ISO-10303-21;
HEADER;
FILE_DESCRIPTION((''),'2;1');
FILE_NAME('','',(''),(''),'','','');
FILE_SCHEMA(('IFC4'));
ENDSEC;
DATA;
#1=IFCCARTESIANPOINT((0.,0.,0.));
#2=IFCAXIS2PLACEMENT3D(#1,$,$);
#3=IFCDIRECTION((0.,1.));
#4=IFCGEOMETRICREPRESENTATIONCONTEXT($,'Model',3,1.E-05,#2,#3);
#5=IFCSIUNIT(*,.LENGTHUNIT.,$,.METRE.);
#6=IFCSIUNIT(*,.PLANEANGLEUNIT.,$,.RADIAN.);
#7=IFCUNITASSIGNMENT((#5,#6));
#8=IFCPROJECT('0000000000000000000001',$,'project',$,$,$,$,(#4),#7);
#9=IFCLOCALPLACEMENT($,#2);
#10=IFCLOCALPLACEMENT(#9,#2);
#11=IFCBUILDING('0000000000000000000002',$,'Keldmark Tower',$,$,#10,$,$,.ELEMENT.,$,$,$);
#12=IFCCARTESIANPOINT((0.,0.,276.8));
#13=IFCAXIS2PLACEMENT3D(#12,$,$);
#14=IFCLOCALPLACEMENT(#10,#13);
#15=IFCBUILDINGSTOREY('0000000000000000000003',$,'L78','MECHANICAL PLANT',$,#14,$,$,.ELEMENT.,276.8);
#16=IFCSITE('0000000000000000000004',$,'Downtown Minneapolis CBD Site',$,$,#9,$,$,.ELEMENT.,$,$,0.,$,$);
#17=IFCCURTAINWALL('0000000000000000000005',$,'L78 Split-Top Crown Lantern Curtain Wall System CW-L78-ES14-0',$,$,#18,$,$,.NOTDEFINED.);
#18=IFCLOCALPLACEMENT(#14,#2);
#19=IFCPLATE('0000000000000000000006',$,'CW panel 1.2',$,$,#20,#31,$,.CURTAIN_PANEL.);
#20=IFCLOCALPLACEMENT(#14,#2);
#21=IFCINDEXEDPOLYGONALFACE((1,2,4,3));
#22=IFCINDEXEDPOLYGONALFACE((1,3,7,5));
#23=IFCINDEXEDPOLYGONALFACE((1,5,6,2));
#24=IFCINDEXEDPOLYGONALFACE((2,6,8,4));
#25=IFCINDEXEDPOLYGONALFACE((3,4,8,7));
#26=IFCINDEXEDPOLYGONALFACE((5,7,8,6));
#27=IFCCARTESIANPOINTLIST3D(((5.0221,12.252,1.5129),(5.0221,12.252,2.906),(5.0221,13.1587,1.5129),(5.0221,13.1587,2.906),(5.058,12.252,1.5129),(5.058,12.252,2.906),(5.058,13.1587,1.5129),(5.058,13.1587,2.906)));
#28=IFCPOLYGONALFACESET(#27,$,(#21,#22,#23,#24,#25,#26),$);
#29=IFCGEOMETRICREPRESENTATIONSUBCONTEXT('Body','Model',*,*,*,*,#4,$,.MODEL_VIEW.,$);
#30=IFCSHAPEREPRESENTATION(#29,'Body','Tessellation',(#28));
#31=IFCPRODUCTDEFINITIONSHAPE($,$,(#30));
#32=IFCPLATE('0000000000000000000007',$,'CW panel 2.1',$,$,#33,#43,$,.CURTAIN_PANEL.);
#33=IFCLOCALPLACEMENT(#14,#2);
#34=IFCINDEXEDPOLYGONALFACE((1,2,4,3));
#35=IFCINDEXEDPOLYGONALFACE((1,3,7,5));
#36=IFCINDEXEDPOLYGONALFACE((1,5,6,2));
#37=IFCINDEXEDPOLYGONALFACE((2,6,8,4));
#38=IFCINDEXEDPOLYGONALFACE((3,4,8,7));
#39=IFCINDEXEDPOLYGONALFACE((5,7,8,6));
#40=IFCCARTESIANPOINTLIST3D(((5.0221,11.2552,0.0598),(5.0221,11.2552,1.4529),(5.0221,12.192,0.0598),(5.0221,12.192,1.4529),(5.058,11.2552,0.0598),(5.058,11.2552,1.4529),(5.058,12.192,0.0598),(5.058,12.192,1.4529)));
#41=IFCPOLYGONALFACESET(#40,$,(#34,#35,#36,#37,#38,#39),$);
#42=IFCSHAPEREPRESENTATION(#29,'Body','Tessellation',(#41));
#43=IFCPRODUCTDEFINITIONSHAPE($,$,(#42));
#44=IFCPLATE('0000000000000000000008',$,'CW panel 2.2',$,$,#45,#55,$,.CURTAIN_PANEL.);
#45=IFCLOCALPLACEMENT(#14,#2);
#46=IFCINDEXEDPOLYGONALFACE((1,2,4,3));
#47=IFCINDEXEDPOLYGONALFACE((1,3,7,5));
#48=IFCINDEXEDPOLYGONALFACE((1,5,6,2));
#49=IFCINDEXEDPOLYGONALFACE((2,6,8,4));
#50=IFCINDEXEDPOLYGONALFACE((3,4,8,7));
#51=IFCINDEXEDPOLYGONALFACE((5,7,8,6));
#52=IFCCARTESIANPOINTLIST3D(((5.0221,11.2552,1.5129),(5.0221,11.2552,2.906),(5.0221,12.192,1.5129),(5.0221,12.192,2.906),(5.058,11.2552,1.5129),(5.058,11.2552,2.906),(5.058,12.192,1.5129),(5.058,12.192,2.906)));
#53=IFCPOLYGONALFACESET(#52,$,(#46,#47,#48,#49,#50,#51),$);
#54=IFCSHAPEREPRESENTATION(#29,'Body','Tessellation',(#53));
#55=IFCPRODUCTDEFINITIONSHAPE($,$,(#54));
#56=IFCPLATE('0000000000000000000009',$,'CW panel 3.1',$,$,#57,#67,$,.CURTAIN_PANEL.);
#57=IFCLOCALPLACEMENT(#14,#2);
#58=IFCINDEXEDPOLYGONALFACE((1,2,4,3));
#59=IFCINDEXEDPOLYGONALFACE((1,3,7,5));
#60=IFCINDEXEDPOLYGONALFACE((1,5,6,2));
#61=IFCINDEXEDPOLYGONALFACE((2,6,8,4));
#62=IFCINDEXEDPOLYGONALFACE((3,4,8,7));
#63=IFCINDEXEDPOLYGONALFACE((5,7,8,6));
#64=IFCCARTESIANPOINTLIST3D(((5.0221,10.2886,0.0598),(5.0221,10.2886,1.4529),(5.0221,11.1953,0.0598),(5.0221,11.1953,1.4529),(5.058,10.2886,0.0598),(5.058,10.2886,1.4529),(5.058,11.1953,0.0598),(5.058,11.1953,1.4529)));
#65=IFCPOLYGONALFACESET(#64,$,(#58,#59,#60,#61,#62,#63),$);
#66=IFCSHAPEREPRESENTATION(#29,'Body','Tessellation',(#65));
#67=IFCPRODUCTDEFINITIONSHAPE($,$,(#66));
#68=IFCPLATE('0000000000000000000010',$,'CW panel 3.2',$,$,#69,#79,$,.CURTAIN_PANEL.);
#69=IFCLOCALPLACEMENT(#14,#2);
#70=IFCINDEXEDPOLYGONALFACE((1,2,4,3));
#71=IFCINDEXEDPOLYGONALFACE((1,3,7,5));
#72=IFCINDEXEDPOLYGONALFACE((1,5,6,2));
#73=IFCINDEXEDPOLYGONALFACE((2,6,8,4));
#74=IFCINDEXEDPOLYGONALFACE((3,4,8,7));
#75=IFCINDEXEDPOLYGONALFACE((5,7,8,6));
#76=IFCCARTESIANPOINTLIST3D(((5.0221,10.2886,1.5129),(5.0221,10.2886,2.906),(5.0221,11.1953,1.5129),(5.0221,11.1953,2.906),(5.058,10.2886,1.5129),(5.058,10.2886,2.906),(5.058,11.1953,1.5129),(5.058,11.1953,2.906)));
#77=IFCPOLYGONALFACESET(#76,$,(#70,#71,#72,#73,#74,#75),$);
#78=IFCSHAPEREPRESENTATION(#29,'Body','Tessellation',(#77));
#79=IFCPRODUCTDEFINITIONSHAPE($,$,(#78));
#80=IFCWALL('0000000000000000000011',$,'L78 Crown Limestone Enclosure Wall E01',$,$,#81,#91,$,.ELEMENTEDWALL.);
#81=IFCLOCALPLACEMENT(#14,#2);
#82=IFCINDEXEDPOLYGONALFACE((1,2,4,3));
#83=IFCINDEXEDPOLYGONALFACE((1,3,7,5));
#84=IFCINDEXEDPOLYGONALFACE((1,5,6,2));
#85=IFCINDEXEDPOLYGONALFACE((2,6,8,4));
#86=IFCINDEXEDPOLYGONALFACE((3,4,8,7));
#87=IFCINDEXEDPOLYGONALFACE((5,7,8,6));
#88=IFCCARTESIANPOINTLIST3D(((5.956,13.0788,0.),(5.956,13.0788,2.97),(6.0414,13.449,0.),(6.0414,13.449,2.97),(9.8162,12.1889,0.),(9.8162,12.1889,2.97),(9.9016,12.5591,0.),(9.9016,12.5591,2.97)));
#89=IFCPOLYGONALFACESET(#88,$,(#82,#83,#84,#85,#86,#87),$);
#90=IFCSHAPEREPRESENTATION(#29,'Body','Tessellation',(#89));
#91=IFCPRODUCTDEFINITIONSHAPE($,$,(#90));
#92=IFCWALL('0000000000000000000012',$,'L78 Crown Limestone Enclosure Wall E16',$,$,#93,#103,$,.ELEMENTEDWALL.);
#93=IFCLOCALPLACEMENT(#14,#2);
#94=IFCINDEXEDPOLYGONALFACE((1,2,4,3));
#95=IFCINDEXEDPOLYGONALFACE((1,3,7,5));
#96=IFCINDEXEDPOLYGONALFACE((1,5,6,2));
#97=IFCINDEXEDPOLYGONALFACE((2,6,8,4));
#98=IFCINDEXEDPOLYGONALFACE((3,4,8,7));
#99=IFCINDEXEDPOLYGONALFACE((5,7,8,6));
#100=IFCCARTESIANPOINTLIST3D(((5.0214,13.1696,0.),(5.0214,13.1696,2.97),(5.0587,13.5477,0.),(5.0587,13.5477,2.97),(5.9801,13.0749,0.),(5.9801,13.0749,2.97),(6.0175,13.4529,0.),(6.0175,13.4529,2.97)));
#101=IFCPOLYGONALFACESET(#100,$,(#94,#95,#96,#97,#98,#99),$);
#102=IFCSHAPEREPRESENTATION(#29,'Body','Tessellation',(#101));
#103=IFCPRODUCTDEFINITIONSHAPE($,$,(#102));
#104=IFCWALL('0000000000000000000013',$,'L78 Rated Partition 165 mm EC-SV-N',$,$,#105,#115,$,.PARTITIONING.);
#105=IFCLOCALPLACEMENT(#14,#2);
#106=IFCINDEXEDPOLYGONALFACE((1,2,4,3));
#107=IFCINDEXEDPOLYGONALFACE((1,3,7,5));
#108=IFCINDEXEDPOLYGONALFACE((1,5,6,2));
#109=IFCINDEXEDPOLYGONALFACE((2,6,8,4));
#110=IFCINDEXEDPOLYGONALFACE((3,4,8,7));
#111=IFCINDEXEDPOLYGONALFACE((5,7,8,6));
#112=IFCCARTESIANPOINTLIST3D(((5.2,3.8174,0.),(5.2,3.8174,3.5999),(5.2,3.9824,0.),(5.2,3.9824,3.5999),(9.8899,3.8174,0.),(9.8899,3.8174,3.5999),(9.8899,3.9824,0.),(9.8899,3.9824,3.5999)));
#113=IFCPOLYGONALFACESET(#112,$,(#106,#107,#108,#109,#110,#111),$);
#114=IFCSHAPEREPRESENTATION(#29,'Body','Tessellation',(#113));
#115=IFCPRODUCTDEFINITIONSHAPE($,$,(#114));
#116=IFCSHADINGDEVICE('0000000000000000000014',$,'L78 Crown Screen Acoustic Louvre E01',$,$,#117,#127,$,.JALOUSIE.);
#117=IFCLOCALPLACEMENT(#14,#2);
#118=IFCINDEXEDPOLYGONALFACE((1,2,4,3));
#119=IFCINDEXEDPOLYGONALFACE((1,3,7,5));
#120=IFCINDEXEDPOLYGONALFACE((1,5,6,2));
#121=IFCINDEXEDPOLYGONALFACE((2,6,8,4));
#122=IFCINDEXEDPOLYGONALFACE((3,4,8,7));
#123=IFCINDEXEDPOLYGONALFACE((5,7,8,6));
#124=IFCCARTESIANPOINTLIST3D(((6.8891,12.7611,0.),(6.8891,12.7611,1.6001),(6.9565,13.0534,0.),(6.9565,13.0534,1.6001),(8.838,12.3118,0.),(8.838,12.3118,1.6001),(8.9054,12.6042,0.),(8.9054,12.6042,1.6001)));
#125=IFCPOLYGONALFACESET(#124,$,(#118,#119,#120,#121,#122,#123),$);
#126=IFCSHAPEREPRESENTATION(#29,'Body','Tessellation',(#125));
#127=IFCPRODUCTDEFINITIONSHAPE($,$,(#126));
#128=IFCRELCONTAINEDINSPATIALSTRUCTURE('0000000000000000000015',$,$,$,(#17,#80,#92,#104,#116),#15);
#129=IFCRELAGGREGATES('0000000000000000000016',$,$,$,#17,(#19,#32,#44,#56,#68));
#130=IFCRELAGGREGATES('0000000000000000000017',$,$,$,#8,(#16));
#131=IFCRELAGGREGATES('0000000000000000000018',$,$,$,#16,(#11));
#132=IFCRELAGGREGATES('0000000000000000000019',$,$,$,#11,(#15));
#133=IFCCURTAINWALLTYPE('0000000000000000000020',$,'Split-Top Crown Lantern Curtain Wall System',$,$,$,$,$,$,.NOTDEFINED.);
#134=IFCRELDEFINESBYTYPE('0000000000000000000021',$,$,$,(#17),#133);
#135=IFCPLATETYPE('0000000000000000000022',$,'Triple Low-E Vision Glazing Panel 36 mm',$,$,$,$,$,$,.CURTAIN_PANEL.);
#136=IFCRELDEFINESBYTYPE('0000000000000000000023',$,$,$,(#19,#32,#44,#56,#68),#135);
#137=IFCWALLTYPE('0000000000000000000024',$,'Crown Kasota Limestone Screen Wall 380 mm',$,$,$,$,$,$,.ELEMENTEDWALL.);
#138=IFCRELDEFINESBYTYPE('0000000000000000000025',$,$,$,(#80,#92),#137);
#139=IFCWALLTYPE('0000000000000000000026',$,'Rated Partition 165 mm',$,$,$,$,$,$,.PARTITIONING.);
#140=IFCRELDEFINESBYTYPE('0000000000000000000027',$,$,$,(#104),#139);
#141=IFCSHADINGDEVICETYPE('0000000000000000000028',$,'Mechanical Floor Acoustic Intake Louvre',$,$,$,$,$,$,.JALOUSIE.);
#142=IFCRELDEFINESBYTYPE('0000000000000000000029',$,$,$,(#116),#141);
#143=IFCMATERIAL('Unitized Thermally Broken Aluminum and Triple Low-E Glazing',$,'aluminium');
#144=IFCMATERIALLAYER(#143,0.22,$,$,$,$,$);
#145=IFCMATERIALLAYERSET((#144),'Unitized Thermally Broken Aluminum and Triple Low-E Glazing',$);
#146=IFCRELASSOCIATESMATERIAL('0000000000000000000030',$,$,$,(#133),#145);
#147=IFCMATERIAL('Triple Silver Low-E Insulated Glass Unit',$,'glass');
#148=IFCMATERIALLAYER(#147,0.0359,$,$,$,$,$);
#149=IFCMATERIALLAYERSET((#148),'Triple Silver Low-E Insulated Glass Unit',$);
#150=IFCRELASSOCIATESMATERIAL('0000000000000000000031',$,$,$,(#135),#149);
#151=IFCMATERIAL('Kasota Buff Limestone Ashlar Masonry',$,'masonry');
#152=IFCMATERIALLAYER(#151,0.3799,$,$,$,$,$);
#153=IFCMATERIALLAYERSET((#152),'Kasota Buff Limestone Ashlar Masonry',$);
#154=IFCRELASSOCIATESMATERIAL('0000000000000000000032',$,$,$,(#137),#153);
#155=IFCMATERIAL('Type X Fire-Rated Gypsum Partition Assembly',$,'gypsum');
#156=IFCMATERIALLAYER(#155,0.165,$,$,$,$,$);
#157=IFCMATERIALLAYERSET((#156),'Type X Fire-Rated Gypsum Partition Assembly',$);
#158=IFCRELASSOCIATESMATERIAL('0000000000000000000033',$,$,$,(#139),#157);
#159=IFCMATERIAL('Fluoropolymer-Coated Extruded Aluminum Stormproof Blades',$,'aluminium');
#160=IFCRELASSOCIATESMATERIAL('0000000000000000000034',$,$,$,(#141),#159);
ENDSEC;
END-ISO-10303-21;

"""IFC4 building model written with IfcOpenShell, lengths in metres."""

from ifc_helpers import new_model, si_unit, direction, frame, frame_2d, origin, origin_2d, place, context, subcontext, project, spatial, rectangle, extrude, material, layer, layer_set, type_object, element, aggregate, save


model = new_model("IFC4")

# Units and contexts
model_context = context("Model", 3, precision=1e-05, world=origin(), true_north=direction((0.0, 1.0)))
body_context = subcontext(model_context, "Body", "Model", "MODEL_VIEW")
ifc_project = project(units=[si_unit("LENGTHUNIT", "METRE"), si_unit("PLANEANGLEUNIT", "RADIAN")], contexts=[model_context])

# Site, building, storey
site_placement = place(None, origin())
site = spatial("IfcSite", under=ifc_project, at=site_placement, Name="Downtown Minneapolis CBD Site", CompositionType="ELEMENT", RefElevation=0.0)
building_placement = place(site_placement, origin())
building = spatial("IfcBuilding", under=site, at=building_placement, Name="Keldmark Tower", CompositionType="ELEMENT")
storey_placement = place(building_placement, frame((0.0, 0.0, 276.8)))
storey = spatial("IfcBuildingStorey", under=building, at=storey_placement, Name="L78", Description="MECHANICAL PLANT", CompositionType="ELEMENT", Elevation=276.8)

# Curtain wall
ifc_material_1 = material(Name="Unitized Thermally Broken Aluminum and Triple Low-E Glazing", Category="aluminium")
ifc_layer_1 = layer(ifc_material_1, 0.22)
ifc_layer_set_1 = layer_set([ifc_layer_1], Name="Unitized Thermally Broken Aluminum and Triple Low-E Glazing")
curtain_wall_type = type_object("IfcCurtainWallType", Name="Split-Top Crown Lantern Curtain Wall System", PredefinedType="NOTDEFINED", material=ifc_layer_set_1)
curtain_wall_placement = place(storey_placement, origin())
curtain_wall = element("IfcCurtainWall", 1, at=curtain_wall_placement, inside=storey, type_object=curtain_wall_type, Name="L78 Split-Top Crown Lantern Curtain Wall System CW-L78-ES14-0", PredefinedType="NOTDEFINED")

# Plates
ifc_material_2 = material(Name="Triple Silver Low-E Insulated Glass Unit", Category="glass")
ifc_layer_2 = layer(ifc_material_2, 0.0359)
ifc_layer_set_2 = layer_set([ifc_layer_2], Name="Triple Silver Low-E Insulated Glass Unit")
plate_type_1 = type_object("IfcPlateType", Name="Triple Low-E Vision Glazing Panel 36 mm", PredefinedType="CURTAIN_PANEL", material=ifc_layer_set_2)
plate_1_placement = place(storey_placement, frame((5.04, 12.7053, 1.5129), z_axis=(0.0, 0.0, 1.0), x_axis=(0.0, -1.0, 0.0)))
plate_1 = element("IfcPlate", 2, at=plate_1_placement, type_object=plate_type_1, Name="CW panel 1.2", PredefinedType="CURTAIN_PANEL", context=body_context, shape_type="SweptSolid", body=[
    extrude(rectangle(XDim=0.9067, YDim=0.0359, at=origin_2d()), origin(), (0.0, 0.0, 1.0), 1.3931),
])
plate_2_placement = place(storey_placement, frame((5.04, 11.7236, 0.0598), z_axis=(0.0, 0.0, 1.0), x_axis=(0.0, -1.0, 0.0)))
plate_2 = element("IfcPlate", 3, at=plate_2_placement, type_object=plate_type_1, Name="CW panel 2.1", PredefinedType="CURTAIN_PANEL", context=body_context, shape_type="SweptSolid", body=[
    extrude(rectangle(XDim=0.9368, YDim=0.0359, at=origin_2d()), origin(), (0.0, 0.0, 1.0), 1.3931),
])
plate_3_placement = place(storey_placement, frame((5.04, 11.7236, 1.5129), z_axis=(0.0, 0.0, 1.0), x_axis=(0.0, -1.0, 0.0)))
plate_3 = element("IfcPlate", 4, at=plate_3_placement, type_object=plate_type_1, Name="CW panel 2.2", PredefinedType="CURTAIN_PANEL", context=body_context, shape_type="SweptSolid", body=[
    extrude(rectangle(XDim=0.9368, YDim=0.0359, at=origin_2d()), origin(), (0.0, 0.0, 1.0), 1.3931),
])
plate_4_placement = place(storey_placement, frame((5.04, 10.7419, 0.0598), z_axis=(0.0, 0.0, 1.0), x_axis=(0.0, -1.0, 0.0)))
plate_4 = element("IfcPlate", 5, at=plate_4_placement, type_object=plate_type_1, Name="CW panel 3.1", PredefinedType="CURTAIN_PANEL", context=body_context, shape_type="SweptSolid", body=[
    extrude(rectangle(XDim=0.9067, YDim=0.0359, at=origin_2d()), origin(), (0.0, 0.0, 1.0), 1.3931),
])
plate_5_placement = place(storey_placement, frame((5.04, 10.7419, 1.5129), z_axis=(0.0, 0.0, 1.0), x_axis=(0.0, -1.0, 0.0)))
plate_5 = element("IfcPlate", 6, at=plate_5_placement, type_object=plate_type_1, Name="CW panel 3.2", PredefinedType="CURTAIN_PANEL", context=body_context, shape_type="SweptSolid", body=[
    extrude(rectangle(XDim=0.9067, YDim=0.0359, at=origin_2d()), origin(), (0.0, 0.0, 1.0), 1.3931),
])
aggregate(curtain_wall, [plate_1, plate_2, plate_3, plate_4, plate_5])

# Walls
ifc_material_3 = material(Name="Kasota Buff Limestone Ashlar Masonry", Category="masonry")
ifc_layer_3 = layer(ifc_material_3, 0.3799)
ifc_layer_set_3 = layer_set([ifc_layer_3], Name="Kasota Buff Limestone Ashlar Masonry")
wall_type_1 = type_object("IfcWallType", Name="Crown Kasota Limestone Screen Wall 380 mm", PredefinedType="ELEMENTEDWALL", material=ifc_layer_set_3)
wall_1_placement = place(storey_placement, frame((9.8589, 12.374, 0.0), z_axis=(0.0, 0.0, 1.0), x_axis=(-0.974441, 0.224643, 0.0)))
element("IfcWall", 7, at=wall_1_placement, inside=storey, type_object=wall_type_1, Name="L78 Crown Limestone Enclosure Wall E01", PredefinedType="ELEMENTEDWALL", context=body_context, shape_type="SweptSolid", body=[
    extrude(rectangle(XDim=3.9614, YDim=0.3799, at=frame_2d((1.9807, 0.0))), origin(), (0.0, 0.0, 1.0), 2.97),
])
wall_2_placement = place(storey_placement, frame((5.9988, 13.2639, 0.0), z_axis=(0.0, 0.0, 1.0), x_axis=(-0.995154, 0.098324, 0.0)))
element("IfcWall", 8, at=wall_2_placement, inside=storey, type_object=wall_type_1, Name="L78 Crown Limestone Enclosure Wall E16", PredefinedType="ELEMENTEDWALL", context=body_context, shape_type="SweptSolid", body=[
    extrude(rectangle(XDim=0.9634, YDim=0.3799, at=frame_2d((0.4817, 0.0))), origin(), (0.0, 0.0, 1.0), 2.97),
])
ifc_material_4 = material(Name="Type X Fire-Rated Gypsum Partition Assembly", Category="gypsum")
ifc_layer_4 = layer(ifc_material_4, 0.165)
ifc_layer_set_4 = layer_set([ifc_layer_4], Name="Type X Fire-Rated Gypsum Partition Assembly")
wall_type_2 = type_object("IfcWallType", Name="Rated Partition 165 mm", PredefinedType="PARTITIONING", material=ifc_layer_set_4)
wall_3_placement = place(storey_placement, frame((5.2, 3.8999, 0.0), z_axis=(0.0, 0.0, 1.0), x_axis=(1.0, 0.0, 0.0)))
element("IfcWall", 9, at=wall_3_placement, inside=storey, type_object=wall_type_2, Name="L78 Rated Partition 165 mm EC-SV-N", PredefinedType="PARTITIONING", context=body_context, shape_type="SweptSolid", body=[
    extrude(rectangle(XDim=4.6899, YDim=0.165, at=frame_2d((2.345, 0.0))), origin(), (0.0, 0.0, 1.0), 3.5999),
])

# Shading device
ifc_material_5 = material(Name="Fluoropolymer-Coated Extruded Aluminum Stormproof Blades", Category="aluminium")
shading_device_type = type_object("IfcShadingDeviceType", Name="Mechanical Floor Acoustic Intake Louvre", PredefinedType="JALOUSIE", material=ifc_material_5)
shading_device_placement = place(storey_placement, frame((7.8972, 12.6826, 0.0), z_axis=(0.0, 0.0, 1.0), x_axis=(-0.974445, 0.224628, 0.0)))
element("IfcShadingDevice", 10, at=shading_device_placement, inside=storey, type_object=shading_device_type, Name="L78 Crown Screen Acoustic Louvre E01", PredefinedType="JALOUSIE", context=body_context, shape_type="SweptSolid", body=[
    extrude(rectangle(XDim=2.0, YDim=0.3, at=origin_2d()), origin(), (0.0, 0.0, 1.0), 1.6001),
])

save(model, "model.ifc")
